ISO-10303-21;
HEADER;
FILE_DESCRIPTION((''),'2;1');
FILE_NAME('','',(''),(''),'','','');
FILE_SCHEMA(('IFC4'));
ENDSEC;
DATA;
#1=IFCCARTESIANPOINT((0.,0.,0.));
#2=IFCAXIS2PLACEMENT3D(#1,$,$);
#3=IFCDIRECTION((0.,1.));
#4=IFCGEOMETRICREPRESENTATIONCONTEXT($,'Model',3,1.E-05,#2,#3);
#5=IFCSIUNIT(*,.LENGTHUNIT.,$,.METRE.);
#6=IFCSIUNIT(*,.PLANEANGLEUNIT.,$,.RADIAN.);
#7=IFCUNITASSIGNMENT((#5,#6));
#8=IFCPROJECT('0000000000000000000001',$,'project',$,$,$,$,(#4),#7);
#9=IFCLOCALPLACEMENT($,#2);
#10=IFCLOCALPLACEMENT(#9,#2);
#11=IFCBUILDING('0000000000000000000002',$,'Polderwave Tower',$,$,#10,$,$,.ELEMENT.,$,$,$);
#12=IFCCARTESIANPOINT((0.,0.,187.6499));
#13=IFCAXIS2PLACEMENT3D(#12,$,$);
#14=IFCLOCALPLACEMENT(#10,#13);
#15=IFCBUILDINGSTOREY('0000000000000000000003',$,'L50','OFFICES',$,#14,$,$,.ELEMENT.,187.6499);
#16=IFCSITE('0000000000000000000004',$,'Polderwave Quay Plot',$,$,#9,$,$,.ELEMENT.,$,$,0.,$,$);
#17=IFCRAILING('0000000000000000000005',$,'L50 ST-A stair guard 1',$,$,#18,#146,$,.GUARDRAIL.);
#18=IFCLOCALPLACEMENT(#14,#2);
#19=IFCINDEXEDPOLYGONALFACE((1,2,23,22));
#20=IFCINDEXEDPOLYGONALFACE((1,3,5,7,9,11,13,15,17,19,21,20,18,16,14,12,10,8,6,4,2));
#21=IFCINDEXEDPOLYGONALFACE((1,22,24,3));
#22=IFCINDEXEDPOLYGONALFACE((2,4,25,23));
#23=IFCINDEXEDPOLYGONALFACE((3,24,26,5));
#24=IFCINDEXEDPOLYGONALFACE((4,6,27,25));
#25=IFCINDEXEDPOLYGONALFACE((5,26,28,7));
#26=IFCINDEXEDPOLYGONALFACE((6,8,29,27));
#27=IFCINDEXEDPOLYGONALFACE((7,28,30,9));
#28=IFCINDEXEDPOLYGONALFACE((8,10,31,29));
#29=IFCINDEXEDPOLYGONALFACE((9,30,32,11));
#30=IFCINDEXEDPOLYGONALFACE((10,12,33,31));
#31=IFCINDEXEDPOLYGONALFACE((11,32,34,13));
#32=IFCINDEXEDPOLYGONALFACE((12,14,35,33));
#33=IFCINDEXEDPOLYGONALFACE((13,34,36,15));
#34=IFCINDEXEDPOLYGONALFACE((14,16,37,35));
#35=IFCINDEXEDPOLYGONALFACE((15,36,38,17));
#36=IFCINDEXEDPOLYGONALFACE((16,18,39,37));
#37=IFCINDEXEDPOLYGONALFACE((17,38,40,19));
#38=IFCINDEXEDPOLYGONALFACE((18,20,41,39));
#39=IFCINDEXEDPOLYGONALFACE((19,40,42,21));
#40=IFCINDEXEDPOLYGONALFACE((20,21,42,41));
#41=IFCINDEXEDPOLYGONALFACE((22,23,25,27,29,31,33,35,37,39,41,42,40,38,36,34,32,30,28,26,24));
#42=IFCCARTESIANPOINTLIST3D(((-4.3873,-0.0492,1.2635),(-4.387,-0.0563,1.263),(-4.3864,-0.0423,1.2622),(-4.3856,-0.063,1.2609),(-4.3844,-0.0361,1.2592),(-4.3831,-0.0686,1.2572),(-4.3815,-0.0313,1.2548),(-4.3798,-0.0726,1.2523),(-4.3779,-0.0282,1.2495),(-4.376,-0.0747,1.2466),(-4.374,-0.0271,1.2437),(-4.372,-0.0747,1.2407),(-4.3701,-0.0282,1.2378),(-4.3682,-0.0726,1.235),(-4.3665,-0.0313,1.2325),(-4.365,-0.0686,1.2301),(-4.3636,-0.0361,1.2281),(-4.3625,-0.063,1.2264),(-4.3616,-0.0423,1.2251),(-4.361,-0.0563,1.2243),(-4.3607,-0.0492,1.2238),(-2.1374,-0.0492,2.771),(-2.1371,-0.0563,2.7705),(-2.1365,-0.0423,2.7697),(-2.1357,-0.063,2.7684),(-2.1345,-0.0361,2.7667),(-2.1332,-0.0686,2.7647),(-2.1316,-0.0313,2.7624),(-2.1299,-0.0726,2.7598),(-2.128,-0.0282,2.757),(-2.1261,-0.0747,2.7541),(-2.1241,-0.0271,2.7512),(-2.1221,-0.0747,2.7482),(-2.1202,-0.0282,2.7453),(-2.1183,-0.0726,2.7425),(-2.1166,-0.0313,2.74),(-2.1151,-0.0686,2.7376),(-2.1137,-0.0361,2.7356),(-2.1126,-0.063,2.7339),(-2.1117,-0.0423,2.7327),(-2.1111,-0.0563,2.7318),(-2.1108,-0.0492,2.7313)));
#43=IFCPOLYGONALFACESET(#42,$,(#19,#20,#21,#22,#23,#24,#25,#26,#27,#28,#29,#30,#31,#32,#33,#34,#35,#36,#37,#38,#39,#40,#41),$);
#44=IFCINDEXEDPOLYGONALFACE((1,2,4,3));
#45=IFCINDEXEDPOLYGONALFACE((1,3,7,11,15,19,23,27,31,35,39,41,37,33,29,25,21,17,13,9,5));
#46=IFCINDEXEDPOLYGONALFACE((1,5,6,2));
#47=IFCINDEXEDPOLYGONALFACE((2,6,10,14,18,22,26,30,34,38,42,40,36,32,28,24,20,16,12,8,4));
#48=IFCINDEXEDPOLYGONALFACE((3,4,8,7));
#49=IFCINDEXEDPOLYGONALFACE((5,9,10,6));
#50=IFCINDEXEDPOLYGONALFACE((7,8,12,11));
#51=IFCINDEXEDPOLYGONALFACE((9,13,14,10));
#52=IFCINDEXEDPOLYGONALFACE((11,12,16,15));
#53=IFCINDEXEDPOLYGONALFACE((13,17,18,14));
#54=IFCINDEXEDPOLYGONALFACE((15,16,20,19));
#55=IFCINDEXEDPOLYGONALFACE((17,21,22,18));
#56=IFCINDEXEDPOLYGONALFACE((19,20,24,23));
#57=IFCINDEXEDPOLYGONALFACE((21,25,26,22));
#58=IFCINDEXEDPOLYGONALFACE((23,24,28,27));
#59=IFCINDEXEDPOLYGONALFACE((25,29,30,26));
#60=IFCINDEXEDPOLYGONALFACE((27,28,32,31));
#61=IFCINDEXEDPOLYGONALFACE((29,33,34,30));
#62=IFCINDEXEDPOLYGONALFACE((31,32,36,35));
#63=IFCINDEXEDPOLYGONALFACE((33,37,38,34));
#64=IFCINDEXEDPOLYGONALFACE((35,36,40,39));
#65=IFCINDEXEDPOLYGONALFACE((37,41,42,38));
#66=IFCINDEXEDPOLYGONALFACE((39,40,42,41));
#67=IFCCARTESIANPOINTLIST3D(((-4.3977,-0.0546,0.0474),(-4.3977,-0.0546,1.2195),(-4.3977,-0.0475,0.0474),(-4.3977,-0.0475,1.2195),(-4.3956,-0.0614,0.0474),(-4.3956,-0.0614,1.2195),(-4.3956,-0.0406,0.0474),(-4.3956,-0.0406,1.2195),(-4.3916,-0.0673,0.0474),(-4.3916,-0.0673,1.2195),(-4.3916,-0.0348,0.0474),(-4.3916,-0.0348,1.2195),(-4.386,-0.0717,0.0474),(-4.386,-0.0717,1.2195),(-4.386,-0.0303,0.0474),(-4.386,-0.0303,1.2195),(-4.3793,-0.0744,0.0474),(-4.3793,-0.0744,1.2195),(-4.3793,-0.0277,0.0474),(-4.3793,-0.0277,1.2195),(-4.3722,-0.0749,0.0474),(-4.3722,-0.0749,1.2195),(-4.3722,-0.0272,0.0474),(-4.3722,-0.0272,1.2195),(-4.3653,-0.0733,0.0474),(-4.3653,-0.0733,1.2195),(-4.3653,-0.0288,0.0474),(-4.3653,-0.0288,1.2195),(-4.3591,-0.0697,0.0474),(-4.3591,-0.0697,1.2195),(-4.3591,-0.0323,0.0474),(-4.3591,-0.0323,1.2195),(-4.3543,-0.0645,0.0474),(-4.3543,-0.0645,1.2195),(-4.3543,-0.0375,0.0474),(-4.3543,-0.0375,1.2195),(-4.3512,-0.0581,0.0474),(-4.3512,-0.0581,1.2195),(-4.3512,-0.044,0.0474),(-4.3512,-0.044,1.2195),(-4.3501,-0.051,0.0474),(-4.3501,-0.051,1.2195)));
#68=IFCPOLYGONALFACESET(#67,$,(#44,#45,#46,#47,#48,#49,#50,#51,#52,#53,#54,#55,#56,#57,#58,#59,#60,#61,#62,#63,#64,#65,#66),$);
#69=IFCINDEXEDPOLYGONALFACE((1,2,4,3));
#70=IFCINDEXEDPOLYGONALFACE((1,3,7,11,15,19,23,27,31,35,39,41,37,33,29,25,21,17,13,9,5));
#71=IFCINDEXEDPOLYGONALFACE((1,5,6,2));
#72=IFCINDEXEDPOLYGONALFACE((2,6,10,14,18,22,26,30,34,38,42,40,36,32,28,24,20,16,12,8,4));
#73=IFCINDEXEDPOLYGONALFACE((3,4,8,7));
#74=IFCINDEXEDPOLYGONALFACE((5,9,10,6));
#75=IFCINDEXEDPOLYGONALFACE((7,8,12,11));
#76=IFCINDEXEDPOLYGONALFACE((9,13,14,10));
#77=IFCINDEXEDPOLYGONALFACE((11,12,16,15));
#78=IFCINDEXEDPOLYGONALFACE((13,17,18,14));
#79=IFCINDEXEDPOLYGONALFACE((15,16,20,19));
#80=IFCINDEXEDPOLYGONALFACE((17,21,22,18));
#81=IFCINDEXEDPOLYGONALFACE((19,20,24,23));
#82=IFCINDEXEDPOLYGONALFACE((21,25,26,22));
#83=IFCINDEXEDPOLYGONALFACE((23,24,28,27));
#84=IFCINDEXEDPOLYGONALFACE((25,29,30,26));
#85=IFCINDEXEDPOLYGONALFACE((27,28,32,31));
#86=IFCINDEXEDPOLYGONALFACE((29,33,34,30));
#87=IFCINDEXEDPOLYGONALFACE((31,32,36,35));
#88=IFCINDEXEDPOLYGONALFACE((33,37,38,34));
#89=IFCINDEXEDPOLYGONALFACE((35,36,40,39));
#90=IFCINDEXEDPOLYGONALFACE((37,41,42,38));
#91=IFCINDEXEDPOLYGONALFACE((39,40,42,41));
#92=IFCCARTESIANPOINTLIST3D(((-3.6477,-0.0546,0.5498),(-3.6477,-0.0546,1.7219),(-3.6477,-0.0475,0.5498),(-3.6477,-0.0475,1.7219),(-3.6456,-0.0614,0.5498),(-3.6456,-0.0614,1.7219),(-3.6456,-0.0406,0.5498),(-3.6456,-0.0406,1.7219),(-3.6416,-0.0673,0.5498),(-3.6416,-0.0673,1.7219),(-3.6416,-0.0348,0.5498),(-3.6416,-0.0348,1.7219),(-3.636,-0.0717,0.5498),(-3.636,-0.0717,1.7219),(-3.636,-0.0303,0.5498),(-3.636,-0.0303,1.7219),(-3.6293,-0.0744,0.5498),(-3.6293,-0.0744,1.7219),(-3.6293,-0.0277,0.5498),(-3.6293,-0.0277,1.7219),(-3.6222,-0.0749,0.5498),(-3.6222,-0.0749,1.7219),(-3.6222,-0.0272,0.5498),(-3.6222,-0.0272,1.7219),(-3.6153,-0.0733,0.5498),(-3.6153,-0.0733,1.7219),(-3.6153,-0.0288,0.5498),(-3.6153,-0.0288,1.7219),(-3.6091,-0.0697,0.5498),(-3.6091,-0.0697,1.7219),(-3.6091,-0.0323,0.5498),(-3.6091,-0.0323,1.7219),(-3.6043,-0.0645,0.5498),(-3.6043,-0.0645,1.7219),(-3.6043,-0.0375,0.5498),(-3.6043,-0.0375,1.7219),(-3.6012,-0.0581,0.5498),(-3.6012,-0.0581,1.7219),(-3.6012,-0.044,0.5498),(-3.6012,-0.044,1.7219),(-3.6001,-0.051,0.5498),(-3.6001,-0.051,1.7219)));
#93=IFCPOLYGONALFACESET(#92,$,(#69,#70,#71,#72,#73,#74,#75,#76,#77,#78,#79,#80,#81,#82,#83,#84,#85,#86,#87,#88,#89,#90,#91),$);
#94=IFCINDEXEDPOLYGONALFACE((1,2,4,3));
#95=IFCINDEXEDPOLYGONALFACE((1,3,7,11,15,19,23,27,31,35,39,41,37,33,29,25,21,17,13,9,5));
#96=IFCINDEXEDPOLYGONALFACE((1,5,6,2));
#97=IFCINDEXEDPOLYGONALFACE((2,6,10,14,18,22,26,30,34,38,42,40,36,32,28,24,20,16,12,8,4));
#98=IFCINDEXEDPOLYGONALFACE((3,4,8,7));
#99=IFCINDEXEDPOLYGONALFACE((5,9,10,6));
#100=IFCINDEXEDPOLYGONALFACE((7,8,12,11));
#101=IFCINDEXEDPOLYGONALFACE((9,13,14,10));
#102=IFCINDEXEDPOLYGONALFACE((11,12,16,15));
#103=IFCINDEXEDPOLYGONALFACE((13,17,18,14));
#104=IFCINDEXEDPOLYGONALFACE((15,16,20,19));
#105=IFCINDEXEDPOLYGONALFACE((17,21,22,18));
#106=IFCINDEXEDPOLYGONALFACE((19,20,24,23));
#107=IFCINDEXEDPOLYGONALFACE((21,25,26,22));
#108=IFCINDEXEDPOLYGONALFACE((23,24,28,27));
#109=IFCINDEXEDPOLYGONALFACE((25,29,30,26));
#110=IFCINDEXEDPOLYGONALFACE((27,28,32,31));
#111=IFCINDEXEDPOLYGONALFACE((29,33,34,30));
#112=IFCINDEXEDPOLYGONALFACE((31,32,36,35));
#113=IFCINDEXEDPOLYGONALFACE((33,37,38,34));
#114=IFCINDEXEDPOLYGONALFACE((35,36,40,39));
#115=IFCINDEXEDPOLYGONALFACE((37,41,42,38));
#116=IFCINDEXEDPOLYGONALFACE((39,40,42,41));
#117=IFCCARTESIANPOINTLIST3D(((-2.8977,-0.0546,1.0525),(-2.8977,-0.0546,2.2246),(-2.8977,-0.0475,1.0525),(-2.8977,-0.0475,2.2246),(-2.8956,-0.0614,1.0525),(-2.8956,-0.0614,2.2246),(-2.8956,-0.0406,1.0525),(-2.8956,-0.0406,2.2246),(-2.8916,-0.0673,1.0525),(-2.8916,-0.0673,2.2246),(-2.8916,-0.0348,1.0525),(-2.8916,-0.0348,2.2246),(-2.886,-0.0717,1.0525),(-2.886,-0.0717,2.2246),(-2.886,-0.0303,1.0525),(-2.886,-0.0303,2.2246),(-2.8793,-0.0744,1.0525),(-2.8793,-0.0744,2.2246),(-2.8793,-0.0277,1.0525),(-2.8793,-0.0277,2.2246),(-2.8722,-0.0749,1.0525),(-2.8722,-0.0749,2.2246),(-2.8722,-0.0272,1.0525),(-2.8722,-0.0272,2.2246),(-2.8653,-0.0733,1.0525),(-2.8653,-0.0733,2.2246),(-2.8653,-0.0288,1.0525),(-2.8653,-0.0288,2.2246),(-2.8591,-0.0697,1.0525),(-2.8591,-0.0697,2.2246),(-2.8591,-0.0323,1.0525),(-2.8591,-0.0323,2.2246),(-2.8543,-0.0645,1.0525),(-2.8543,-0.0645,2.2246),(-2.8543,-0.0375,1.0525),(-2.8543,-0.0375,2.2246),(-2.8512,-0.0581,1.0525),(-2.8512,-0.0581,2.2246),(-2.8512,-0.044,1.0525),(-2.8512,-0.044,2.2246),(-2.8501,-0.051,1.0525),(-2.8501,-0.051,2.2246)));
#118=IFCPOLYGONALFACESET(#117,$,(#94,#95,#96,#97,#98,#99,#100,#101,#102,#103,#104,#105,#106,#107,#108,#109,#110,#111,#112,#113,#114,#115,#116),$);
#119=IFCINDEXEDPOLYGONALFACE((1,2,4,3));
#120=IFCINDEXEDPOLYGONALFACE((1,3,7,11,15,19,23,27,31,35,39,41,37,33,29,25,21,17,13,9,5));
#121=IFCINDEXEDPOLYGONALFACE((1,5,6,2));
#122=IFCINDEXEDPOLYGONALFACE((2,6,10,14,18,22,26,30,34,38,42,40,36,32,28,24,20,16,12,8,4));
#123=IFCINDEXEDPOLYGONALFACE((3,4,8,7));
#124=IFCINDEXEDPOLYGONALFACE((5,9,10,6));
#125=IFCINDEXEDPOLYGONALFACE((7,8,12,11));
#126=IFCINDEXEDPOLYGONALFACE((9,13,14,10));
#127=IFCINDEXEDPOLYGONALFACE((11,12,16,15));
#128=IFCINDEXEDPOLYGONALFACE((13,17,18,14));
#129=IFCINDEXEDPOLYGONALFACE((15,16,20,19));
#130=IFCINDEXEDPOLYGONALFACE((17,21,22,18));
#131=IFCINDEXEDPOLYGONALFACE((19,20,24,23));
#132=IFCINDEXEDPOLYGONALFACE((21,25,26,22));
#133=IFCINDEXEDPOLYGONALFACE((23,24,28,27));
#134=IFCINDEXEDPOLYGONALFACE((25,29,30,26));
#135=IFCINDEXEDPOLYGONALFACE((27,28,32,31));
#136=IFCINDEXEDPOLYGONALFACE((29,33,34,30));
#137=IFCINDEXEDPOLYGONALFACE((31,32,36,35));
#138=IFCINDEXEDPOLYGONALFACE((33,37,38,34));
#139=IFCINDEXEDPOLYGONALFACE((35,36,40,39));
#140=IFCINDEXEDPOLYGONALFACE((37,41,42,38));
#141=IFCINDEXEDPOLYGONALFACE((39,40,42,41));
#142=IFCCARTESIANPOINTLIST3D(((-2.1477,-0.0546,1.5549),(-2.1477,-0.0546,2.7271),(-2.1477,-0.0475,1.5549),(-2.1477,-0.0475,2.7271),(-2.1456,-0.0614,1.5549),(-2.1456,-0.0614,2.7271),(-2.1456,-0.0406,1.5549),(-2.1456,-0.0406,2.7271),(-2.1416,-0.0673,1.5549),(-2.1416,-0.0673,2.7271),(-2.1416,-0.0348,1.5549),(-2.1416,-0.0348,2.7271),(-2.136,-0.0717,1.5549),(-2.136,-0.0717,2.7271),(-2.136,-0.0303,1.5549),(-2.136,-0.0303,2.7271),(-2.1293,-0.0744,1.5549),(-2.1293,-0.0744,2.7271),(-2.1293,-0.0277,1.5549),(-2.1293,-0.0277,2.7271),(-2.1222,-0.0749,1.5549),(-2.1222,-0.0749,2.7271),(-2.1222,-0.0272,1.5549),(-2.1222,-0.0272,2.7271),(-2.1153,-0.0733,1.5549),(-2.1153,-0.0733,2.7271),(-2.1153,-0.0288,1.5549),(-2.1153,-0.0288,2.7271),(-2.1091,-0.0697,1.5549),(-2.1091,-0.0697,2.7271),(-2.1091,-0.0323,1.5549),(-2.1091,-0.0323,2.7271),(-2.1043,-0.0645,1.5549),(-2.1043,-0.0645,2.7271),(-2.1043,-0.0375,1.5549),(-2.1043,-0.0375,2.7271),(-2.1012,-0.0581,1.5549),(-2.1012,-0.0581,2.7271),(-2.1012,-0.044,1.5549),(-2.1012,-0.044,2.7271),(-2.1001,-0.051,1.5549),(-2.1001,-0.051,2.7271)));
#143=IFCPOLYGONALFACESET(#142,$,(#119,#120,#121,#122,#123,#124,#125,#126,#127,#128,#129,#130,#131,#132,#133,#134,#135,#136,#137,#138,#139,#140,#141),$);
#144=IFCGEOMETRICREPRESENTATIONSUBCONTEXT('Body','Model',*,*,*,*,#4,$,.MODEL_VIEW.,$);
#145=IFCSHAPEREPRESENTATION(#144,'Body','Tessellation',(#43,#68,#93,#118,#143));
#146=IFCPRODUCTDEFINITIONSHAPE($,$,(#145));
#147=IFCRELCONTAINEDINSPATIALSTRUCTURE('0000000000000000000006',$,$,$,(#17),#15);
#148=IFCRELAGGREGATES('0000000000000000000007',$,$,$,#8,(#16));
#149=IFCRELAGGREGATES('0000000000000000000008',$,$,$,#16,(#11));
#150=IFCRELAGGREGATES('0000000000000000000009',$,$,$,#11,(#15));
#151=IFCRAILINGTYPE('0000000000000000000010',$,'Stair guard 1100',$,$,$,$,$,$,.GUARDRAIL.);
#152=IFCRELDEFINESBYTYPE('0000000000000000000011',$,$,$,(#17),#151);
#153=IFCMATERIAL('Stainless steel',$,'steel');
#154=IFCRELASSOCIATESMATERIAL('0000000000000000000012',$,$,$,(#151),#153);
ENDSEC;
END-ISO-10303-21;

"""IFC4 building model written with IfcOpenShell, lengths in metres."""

from ifc_helpers import new_model, si_unit, direction, frame, origin, origin_2d, place, context, subcontext, project, spatial, circle, extrude, material, type_object, element, save


model = new_model("IFC4")

# Units and contexts
model_context = context("Model", 3, precision=1e-05, world=origin(), true_north=direction((0.0, 1.0)))
body_context = subcontext(model_context, "Body", "Model", "MODEL_VIEW")
ifc_project = project(units=[si_unit("LENGTHUNIT", "METRE"), si_unit("PLANEANGLEUNIT", "RADIAN")], contexts=[model_context])

# Site, building, storey
site_placement = place(None, origin())
site = spatial("IfcSite", under=ifc_project, at=site_placement, Name="Polderwave Quay Plot", CompositionType="ELEMENT", RefElevation=0.0)
building_placement = place(site_placement, origin())
building = spatial("IfcBuilding", under=site, at=building_placement, Name="Polderwave Tower", CompositionType="ELEMENT")
storey_placement = place(building_placement, frame((0.0, 0.0, 187.6499)))
storey = spatial("IfcBuildingStorey", under=building, at=storey_placement, Name="L50", Description="OFFICES", CompositionType="ELEMENT", Elevation=187.6499)

# Shared definitions
ifc_material_1 = material(Name="Stainless steel", Category="steel")

# Railing
railing_type_1 = type_object("IfcRailingType", Name="Stair guard 1100", PredefinedType="GUARDRAIL", material=ifc_material_1)
railing_1_placement = place(storey_placement, frame((-4.374, -0.051, 0.0474)))
element("IfcRailing", 1, at=railing_1_placement, inside=storey, type_object=railing_type_1, Name="L50 ST-A stair guard 1", PredefinedType="GUARDRAIL", context=body_context, shape_type="SweptSolid", body=[
    extrude(circle(Radius=0.0239, at=origin_2d()), frame((0.0, 0.0, 1.1963), z_axis=(0.830758, 0.0, 0.556633), x_axis=(0.0, 1.0, 0.0)), (0.0, 0.0, 1.0), 2.7083),
    extrude(circle(Radius=0.0239, at=origin_2d()), origin(), (0.0, 0.0, 1.0), 1.1721),
    extrude(circle(Radius=0.0239, at=origin_2d()), frame((0.75, 0.0, 0.5024)), (0.0, 0.0, 1.0), 1.1721),
    extrude(circle(Radius=0.0239, at=origin_2d()), frame((1.5, 0.0, 1.0051)), (0.0, 0.0, 1.0), 1.1721),
    extrude(circle(Radius=0.0239, at=origin_2d()), frame((2.25, 0.0, 1.5076)), (0.0, 0.0, 1.0), 1.1721),
])

save(model, "model.ifc")
